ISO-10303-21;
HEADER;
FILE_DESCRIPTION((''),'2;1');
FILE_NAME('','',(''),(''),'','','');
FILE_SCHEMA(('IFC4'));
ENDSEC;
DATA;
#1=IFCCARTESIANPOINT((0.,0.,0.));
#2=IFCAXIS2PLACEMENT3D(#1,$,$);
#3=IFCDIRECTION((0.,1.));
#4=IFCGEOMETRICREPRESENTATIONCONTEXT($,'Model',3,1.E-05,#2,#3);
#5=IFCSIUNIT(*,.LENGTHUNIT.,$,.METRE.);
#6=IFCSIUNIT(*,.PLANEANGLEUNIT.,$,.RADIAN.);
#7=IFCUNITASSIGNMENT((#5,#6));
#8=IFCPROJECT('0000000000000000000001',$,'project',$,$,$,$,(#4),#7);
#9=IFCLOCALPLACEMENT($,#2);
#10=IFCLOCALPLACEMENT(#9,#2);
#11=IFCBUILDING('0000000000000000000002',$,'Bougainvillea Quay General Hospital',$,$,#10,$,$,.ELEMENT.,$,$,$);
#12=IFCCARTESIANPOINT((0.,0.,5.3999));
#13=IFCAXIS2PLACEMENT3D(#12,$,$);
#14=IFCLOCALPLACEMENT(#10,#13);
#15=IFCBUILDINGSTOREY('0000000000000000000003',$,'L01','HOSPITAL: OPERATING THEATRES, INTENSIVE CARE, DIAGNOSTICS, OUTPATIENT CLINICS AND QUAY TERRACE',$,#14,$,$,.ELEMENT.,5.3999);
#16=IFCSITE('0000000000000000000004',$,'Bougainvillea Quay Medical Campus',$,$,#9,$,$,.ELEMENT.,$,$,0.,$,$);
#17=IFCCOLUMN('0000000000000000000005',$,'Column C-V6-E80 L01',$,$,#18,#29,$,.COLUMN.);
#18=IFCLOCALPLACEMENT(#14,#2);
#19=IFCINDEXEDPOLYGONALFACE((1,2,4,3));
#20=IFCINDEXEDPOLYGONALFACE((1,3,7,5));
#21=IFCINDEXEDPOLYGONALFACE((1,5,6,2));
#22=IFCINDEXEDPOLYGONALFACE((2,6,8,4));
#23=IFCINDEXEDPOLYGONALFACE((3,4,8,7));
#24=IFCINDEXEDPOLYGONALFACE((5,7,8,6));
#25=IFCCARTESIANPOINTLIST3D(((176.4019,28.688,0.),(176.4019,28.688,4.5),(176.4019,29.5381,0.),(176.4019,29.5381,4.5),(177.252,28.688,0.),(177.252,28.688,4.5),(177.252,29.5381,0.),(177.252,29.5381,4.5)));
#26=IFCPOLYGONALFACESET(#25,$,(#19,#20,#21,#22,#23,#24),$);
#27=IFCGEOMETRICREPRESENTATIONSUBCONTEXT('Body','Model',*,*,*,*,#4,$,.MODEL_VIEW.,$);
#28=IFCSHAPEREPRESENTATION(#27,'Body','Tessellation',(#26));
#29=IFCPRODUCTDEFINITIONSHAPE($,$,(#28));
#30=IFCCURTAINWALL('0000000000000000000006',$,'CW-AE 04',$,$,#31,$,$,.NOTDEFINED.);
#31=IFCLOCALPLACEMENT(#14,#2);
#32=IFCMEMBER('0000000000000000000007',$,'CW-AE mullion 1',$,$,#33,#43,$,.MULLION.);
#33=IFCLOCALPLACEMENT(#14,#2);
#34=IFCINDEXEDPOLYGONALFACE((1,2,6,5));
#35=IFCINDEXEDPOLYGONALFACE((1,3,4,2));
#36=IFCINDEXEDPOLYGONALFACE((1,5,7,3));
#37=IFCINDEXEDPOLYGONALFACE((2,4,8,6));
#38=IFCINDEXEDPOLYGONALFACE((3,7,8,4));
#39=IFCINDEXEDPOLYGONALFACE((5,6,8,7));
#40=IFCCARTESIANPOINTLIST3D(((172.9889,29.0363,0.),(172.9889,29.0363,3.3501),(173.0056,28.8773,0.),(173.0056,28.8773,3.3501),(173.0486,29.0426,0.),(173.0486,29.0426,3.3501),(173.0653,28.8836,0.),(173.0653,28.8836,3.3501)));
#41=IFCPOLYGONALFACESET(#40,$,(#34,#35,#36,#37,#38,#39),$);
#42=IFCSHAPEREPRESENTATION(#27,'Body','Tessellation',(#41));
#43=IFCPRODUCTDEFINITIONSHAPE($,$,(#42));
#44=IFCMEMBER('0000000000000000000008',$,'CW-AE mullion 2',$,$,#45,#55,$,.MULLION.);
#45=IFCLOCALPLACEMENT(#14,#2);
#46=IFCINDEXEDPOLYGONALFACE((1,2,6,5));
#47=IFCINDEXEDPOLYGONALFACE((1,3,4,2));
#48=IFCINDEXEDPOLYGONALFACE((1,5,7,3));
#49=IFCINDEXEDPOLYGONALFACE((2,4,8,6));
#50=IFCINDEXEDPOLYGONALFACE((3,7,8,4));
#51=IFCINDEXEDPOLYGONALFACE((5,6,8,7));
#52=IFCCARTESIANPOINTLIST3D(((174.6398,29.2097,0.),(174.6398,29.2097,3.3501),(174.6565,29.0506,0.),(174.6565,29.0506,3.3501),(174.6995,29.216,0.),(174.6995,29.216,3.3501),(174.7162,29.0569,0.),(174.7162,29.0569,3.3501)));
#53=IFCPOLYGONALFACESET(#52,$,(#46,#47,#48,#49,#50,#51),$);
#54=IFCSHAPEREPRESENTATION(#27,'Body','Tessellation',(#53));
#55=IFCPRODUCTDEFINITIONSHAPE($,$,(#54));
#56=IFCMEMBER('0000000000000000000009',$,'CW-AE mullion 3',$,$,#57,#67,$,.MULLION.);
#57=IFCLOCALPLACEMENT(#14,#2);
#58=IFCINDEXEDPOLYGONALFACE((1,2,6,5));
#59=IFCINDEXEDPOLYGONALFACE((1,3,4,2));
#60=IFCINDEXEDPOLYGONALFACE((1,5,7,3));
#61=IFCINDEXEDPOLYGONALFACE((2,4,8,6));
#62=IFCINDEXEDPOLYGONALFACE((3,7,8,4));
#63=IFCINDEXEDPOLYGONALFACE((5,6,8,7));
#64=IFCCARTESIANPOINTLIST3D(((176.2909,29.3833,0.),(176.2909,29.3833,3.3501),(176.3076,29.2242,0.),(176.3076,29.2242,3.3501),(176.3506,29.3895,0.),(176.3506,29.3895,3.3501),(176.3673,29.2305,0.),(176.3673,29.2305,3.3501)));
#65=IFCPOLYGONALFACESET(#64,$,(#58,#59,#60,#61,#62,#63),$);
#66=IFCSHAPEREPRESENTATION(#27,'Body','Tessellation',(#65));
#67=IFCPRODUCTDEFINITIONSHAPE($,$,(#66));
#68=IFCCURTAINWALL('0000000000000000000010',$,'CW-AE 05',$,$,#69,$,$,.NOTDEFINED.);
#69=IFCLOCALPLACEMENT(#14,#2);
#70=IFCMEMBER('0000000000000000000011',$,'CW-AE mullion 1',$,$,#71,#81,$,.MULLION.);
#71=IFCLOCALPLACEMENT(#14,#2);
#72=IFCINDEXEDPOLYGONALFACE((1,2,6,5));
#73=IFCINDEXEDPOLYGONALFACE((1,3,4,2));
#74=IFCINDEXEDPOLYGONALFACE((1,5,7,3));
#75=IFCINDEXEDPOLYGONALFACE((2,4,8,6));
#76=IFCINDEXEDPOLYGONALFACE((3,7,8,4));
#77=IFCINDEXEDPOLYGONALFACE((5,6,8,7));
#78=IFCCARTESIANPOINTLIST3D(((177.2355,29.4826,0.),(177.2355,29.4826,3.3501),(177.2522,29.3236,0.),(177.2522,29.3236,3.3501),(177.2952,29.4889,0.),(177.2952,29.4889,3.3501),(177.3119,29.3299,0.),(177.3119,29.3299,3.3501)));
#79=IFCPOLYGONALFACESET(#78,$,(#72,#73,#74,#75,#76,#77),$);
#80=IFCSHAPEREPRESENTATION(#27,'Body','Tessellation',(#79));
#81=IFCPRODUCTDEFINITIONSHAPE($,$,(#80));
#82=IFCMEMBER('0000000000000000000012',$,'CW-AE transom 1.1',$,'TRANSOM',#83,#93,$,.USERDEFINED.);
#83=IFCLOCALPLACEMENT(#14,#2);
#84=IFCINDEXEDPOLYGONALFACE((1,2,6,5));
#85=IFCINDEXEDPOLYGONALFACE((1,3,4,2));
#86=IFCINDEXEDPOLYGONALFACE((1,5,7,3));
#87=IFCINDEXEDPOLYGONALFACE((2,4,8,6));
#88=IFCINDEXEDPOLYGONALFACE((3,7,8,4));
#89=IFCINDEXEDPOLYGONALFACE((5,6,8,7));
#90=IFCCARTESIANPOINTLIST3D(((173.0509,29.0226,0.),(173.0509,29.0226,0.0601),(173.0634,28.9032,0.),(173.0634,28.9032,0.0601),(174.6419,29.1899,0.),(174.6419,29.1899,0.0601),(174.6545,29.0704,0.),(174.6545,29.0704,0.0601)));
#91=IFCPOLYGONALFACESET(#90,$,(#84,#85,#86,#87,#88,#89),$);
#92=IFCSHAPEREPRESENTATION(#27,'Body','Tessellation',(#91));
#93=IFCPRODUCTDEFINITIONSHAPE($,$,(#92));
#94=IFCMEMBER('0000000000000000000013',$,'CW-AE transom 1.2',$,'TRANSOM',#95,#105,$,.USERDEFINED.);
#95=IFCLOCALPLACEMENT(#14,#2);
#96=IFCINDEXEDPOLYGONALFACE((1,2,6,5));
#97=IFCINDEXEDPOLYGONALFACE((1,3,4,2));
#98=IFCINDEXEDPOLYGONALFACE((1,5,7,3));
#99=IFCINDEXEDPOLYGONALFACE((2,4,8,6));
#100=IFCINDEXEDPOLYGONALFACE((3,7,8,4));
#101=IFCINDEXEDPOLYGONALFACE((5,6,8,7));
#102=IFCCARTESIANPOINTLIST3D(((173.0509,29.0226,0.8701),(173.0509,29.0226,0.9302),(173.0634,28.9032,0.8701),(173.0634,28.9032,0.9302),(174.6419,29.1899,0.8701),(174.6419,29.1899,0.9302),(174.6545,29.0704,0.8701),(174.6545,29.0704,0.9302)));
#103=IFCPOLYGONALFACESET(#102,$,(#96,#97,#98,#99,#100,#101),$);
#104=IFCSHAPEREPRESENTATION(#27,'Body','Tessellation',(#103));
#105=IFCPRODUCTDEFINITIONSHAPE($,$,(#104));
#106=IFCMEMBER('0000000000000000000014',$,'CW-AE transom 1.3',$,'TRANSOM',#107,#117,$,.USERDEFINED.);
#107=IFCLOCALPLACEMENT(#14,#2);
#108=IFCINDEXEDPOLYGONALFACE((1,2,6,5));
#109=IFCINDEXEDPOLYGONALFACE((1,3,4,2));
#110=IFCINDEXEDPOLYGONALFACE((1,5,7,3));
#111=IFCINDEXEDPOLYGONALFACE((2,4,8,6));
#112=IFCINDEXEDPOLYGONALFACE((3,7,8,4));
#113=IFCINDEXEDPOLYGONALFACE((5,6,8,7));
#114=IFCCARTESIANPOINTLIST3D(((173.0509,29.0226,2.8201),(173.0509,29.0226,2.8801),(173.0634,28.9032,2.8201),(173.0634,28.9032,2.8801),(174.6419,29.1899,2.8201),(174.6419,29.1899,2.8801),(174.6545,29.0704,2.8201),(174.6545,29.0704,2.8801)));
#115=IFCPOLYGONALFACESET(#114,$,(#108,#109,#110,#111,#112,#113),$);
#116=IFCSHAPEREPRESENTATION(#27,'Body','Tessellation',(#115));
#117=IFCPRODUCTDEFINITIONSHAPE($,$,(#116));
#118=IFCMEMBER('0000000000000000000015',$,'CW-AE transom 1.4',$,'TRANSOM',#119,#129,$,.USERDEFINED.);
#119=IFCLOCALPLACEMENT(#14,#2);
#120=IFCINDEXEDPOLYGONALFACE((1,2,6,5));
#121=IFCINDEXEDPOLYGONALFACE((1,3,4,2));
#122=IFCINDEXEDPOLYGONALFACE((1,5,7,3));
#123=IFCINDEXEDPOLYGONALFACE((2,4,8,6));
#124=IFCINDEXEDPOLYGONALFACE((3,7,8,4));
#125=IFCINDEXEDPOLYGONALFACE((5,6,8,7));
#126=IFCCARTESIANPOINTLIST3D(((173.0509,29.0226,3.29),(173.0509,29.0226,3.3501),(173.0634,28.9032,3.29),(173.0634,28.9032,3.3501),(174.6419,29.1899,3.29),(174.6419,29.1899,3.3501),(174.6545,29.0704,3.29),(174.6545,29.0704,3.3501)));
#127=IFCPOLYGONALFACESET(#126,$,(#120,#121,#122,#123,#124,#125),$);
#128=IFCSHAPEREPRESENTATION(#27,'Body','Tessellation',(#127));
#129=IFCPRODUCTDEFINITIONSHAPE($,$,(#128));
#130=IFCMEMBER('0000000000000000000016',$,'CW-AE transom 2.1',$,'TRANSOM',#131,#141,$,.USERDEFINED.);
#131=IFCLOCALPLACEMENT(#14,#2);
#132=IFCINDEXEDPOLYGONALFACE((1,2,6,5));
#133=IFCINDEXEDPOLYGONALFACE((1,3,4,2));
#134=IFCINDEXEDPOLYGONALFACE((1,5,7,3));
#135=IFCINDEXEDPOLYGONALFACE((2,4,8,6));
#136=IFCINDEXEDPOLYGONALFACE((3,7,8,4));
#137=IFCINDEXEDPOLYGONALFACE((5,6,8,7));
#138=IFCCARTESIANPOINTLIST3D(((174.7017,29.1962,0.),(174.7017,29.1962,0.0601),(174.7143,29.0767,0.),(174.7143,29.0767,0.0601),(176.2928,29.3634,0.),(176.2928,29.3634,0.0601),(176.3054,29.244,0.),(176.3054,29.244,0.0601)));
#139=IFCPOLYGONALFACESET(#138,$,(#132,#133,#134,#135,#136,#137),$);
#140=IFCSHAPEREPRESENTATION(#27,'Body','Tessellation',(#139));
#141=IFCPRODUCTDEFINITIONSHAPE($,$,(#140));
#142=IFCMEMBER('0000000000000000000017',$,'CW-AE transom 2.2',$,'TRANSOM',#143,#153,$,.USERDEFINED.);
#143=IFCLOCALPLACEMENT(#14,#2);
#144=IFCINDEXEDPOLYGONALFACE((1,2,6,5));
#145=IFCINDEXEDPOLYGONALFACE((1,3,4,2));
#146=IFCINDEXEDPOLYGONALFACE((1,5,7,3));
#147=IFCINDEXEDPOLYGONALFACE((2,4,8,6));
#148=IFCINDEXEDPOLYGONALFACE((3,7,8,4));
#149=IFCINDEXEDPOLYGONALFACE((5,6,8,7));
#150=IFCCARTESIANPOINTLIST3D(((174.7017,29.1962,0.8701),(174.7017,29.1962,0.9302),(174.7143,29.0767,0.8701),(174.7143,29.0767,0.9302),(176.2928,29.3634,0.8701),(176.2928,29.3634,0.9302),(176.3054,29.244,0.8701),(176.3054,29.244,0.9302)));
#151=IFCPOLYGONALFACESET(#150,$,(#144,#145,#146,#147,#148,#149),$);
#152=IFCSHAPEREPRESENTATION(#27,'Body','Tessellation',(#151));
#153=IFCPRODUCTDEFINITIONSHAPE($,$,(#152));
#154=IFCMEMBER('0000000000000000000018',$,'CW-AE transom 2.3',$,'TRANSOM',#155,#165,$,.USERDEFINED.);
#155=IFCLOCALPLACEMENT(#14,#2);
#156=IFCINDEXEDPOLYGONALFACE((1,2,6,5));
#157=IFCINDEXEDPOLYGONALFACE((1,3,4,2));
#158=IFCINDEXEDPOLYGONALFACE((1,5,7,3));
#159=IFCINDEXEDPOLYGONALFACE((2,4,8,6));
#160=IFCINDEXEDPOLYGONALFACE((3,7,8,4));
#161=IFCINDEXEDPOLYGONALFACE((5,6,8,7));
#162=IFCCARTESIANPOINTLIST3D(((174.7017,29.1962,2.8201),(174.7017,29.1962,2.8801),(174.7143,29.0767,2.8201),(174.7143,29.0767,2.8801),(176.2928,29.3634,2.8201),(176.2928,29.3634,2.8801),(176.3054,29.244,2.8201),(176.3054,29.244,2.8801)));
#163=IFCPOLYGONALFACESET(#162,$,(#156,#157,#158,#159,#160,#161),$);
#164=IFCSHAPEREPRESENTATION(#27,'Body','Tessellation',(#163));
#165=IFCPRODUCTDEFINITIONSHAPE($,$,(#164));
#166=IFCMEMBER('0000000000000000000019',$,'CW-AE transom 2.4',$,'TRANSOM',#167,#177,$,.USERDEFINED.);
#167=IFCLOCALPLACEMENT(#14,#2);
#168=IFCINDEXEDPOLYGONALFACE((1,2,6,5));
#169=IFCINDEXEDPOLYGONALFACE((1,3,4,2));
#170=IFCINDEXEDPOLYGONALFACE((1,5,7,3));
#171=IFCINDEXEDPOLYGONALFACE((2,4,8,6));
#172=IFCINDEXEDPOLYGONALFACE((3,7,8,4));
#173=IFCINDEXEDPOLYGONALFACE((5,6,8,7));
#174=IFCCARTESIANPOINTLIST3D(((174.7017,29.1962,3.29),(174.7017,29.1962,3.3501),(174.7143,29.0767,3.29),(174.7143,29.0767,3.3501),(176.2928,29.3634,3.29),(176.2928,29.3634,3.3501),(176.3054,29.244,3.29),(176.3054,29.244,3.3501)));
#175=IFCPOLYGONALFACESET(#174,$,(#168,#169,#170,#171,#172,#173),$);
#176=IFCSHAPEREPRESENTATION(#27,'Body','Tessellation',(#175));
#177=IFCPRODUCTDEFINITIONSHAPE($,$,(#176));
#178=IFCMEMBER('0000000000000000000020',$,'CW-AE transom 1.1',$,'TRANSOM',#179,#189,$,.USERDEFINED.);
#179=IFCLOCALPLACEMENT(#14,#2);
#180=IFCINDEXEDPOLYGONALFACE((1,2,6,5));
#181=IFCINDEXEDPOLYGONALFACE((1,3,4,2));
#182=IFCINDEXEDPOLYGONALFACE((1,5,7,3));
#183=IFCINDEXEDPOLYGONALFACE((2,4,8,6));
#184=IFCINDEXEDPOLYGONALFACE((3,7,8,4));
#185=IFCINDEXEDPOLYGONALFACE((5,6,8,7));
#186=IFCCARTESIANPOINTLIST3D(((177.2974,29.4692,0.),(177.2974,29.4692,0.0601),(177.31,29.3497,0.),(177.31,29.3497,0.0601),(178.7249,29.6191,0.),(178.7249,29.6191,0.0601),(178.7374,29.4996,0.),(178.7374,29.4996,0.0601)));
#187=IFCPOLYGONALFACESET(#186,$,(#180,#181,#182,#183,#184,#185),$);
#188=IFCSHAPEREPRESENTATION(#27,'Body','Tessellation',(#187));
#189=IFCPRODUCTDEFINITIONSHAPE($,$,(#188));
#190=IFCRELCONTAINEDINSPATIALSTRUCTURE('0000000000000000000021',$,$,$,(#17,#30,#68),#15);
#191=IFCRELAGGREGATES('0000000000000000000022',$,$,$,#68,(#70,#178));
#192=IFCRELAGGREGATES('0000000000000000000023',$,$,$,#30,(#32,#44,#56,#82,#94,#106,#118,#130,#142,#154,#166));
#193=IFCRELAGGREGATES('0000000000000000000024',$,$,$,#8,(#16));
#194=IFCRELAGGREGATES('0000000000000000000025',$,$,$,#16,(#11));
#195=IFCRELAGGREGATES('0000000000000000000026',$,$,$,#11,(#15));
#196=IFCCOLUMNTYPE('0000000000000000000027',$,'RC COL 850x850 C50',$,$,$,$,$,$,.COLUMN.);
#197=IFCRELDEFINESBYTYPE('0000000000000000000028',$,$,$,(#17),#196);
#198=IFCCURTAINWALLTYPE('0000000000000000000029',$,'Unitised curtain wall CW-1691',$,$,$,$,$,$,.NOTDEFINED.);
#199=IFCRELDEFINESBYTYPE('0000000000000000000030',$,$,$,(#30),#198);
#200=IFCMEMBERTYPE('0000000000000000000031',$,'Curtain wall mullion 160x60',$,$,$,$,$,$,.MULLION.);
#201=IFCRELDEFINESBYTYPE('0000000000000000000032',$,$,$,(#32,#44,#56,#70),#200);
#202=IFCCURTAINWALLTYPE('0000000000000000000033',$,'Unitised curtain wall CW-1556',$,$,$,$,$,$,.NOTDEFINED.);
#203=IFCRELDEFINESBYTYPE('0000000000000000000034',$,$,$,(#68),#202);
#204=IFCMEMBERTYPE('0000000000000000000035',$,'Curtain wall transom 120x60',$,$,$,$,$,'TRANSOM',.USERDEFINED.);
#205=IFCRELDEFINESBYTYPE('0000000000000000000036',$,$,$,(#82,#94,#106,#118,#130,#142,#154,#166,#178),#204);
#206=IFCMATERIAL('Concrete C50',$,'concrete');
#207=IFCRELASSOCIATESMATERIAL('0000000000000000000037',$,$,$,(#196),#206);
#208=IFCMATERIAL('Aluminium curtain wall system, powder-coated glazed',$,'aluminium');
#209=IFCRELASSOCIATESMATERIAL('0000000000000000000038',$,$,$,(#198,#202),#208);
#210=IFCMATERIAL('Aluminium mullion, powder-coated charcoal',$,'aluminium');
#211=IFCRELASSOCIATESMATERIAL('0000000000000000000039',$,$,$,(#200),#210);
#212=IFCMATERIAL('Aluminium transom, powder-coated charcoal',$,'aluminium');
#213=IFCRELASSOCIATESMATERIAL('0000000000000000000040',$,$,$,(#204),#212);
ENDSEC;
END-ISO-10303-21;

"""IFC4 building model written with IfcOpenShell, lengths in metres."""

from ifc_helpers import new_model, si_unit, direction, frame, origin, origin_2d, place, context, subcontext, project, spatial, rectangle, extrude, material, material_profile, profile_set, type_object, element, aggregate, save


model = new_model("IFC4")

# Units and contexts
model_context = context("Model", 3, precision=1e-05, world=origin(), true_north=direction((0.0, 1.0)))
body_context = subcontext(model_context, "Body", "Model", "MODEL_VIEW")
ifc_project = project(units=[si_unit("LENGTHUNIT", "METRE"), si_unit("PLANEANGLEUNIT", "RADIAN")], contexts=[model_context])

# Site, building, storey
site_placement = place(None, origin())
site = spatial("IfcSite", under=ifc_project, at=site_placement, Name="Bougainvillea Quay Medical Campus", CompositionType="ELEMENT", RefElevation=0.0)
building_placement = place(site_placement, origin())
building = spatial("IfcBuilding", under=site, at=building_placement, Name="Bougainvillea Quay General Hospital", CompositionType="ELEMENT")
storey_placement = place(building_placement, frame((0.0, 0.0, 5.3999)))
storey = spatial("IfcBuildingStorey", under=building, at=storey_placement, Name="L01", Description="HOSPITAL: OPERATING THEATRES, INTENSIVE CARE, DIAGNOSTICS, OUTPATIENT CLINICS AND QUAY TERRACE", CompositionType="ELEMENT", Elevation=5.3999)

# Column
ifc_material_1 = material(Name="Concrete C50", Category="concrete")
ifc_material_profile_1 = material_profile(ifc_material_1, rectangle(XDim=0.8501, YDim=0.8501, at=origin_2d()))
ifc_profile_set_1 = profile_set([ifc_material_profile_1], Name="Concrete C50")
column_type = type_object("IfcColumnType", Name="RC COL 850x850 C50", PredefinedType="COLUMN", material=ifc_profile_set_1)
column_placement = place(storey_placement, frame((176.8269, 29.113, 0.0), z_axis=(0.0, 0.0, 1.0), x_axis=(1.0, 0.0, 0.0)))
element("IfcColumn", 1, at=column_placement, inside=storey, type_object=column_type, Name="Column C-V6-E80 L01", PredefinedType="COLUMN", context=body_context, shape_type="SweptSolid", body=[
    extrude(rectangle(XDim=0.8501, YDim=0.8501, at=origin_2d()), origin(), (0.0, 0.0, 1.0), 4.5),
])

# Curtain wall, members
ifc_material_2 = material(Name="Aluminium curtain wall system, powder-coated glazed", Category="aluminium")
curtain_wall_type_1 = type_object("IfcCurtainWallType", Name="Unitised curtain wall CW-1691", PredefinedType="NOTDEFINED", material=ifc_material_2)
curtain_wall_1_placement = place(storey_placement, origin())
curtain_wall_1 = element("IfcCurtainWall", 2, at=curtain_wall_1_placement, inside=storey, type_object=curtain_wall_type_1, Name="CW-AE 04", PredefinedType="NOTDEFINED")
ifc_material_3 = material(Name="Aluminium mullion, powder-coated charcoal", Category="aluminium")
ifc_material_profile_2 = material_profile(ifc_material_3, rectangle(XDim=0.1599, YDim=0.0601, at=origin_2d()))
ifc_profile_set_2 = profile_set([ifc_material_profile_2], Name="Aluminium mullion, powder-coated charcoal")
member_type_1 = type_object("IfcMemberType", Name="Curtain wall mullion 160x60", PredefinedType="MULLION", material=ifc_profile_set_2)
member_1_placement = place(storey_placement, frame((173.0271, 28.96, 0.0), z_axis=(0.0, 0.0, 1.0), x_axis=(-0.104527, 0.994522, 0.0)))
member_1 = element("IfcMember", 3, at=member_1_placement, type_object=member_type_1, Name="CW-AE mullion 1", PredefinedType="MULLION", context=body_context, shape_type="SweptSolid", body=[
    extrude(rectangle(XDim=0.1599, YDim=0.0601, at=origin_2d()), origin(), (0.0, 0.0, 1.0), 3.3501),
])
member_2_placement = place(storey_placement, frame((174.678, 29.1333, 0.0), z_axis=(0.0, 0.0, 1.0), x_axis=(-0.104527, 0.994522, 0.0)))
member_2 = element("IfcMember", 4, at=member_2_placement, type_object=member_type_1, Name="CW-AE mullion 2", PredefinedType="MULLION", context=body_context, shape_type="SweptSolid", body=[
    extrude(rectangle(XDim=0.1599, YDim=0.0601, at=origin_2d()), origin(), (0.0, 0.0, 1.0), 3.3501),
])
member_3_placement = place(storey_placement, frame((176.3291, 29.3069, 0.0), z_axis=(0.0, 0.0, 1.0), x_axis=(-0.104527, 0.994522, 0.0)))
member_3 = element("IfcMember", 5, at=member_3_placement, type_object=member_type_1, Name="CW-AE mullion 3", PredefinedType="MULLION", context=body_context, shape_type="SweptSolid", body=[
    extrude(rectangle(XDim=0.1599, YDim=0.0601, at=origin_2d()), origin(), (0.0, 0.0, 1.0), 3.3501),
])

# Curtain wall, member
curtain_wall_type_2 = type_object("IfcCurtainWallType", Name="Unitised curtain wall CW-1556", PredefinedType="NOTDEFINED", material=ifc_material_2)
curtain_wall_2_placement = place(storey_placement, origin())
curtain_wall_2 = element("IfcCurtainWall", 6, at=curtain_wall_2_placement, inside=storey, type_object=curtain_wall_type_2, Name="CW-AE 05", PredefinedType="NOTDEFINED")
member_4_placement = place(storey_placement, frame((177.2737, 29.4062, 0.0), z_axis=(0.0, 0.0, 1.0), x_axis=(-0.104527, 0.994522, 0.0)))
member_4 = element("IfcMember", 7, at=member_4_placement, type_object=member_type_1, Name="CW-AE mullion 1", PredefinedType="MULLION", context=body_context, shape_type="SweptSolid", body=[
    extrude(rectangle(XDim=0.1599, YDim=0.0601, at=origin_2d()), origin(), (0.0, 0.0, 1.0), 3.3501),
])

# Members
ifc_material_4 = material(Name="Aluminium transom, powder-coated charcoal", Category="aluminium")
ifc_material_profile_3 = material_profile(ifc_material_4, rectangle(XDim=0.1201, YDim=0.0601, at=origin_2d()))
ifc_profile_set_3 = profile_set([ifc_material_profile_3], Name="Aluminium transom, powder-coated charcoal")
member_type_2 = type_object("IfcMemberType", Name="Curtain wall transom 120x60", ElementType="TRANSOM", PredefinedType="USERDEFINED", material=ifc_profile_set_3)
member_5_placement = place(storey_placement, frame((173.0571, 28.9629, 0.03), z_axis=(0.994521, 0.104534, 0.0), x_axis=(-0.104534, 0.994521, 0.0)))
member_5 = element("IfcMember", 8, at=member_5_placement, type_object=member_type_2, Name="CW-AE transom 1.1", ObjectType="TRANSOM", PredefinedType="USERDEFINED", context=body_context, shape_type="SweptSolid", body=[
    extrude(rectangle(XDim=0.1201, YDim=0.0601, at=origin_2d()), origin(), (0.0, 0.0, 1.0), 1.5999),
])
member_6_placement = place(storey_placement, frame((173.0571, 28.9629, 0.9001), z_axis=(0.994521, 0.104534, 0.0), x_axis=(-0.104534, 0.994521, 0.0)))
member_6 = element("IfcMember", 9, at=member_6_placement, type_object=member_type_2, Name="CW-AE transom 1.2", ObjectType="TRANSOM", PredefinedType="USERDEFINED", context=body_context, shape_type="SweptSolid", body=[
    extrude(rectangle(XDim=0.1201, YDim=0.0601, at=origin_2d()), origin(), (0.0, 0.0, 1.0), 1.5999),
])
member_7_placement = place(storey_placement, frame((173.0571, 28.9629, 2.8501), z_axis=(0.994521, 0.104534, 0.0), x_axis=(-0.104534, 0.994521, 0.0)))
member_7 = element("IfcMember", 10, at=member_7_placement, type_object=member_type_2, Name="CW-AE transom 1.3", ObjectType="TRANSOM", PredefinedType="USERDEFINED", context=body_context, shape_type="SweptSolid", body=[
    extrude(rectangle(XDim=0.1201, YDim=0.0601, at=origin_2d()), origin(), (0.0, 0.0, 1.0), 1.5999),
])
member_8_placement = place(storey_placement, frame((173.0571, 28.9629, 3.3201), z_axis=(0.994521, 0.104534, 0.0), x_axis=(-0.104534, 0.994521, 0.0)))
member_8 = element("IfcMember", 11, at=member_8_placement, type_object=member_type_2, Name="CW-AE transom 1.4", ObjectType="TRANSOM", PredefinedType="USERDEFINED", context=body_context, shape_type="SweptSolid", body=[
    extrude(rectangle(XDim=0.1201, YDim=0.0601, at=origin_2d()), origin(), (0.0, 0.0, 1.0), 1.5999),
])
member_9_placement = place(storey_placement, frame((174.708, 29.1365, 0.03), z_axis=(0.994521, 0.104534, 0.0), x_axis=(-0.104534, 0.994521, 0.0)))
member_9 = element("IfcMember", 12, at=member_9_placement, type_object=member_type_2, Name="CW-AE transom 2.1", ObjectType="TRANSOM", PredefinedType="USERDEFINED", context=body_context, shape_type="SweptSolid", body=[
    extrude(rectangle(XDim=0.1201, YDim=0.0601, at=origin_2d()), origin(), (0.0, 0.0, 1.0), 1.5999),
])
member_10_placement = place(storey_placement, frame((174.708, 29.1365, 0.9001), z_axis=(0.994521, 0.104534, 0.0), x_axis=(-0.104534, 0.994521, 0.0)))
member_10 = element("IfcMember", 13, at=member_10_placement, type_object=member_type_2, Name="CW-AE transom 2.2", ObjectType="TRANSOM", PredefinedType="USERDEFINED", context=body_context, shape_type="SweptSolid", body=[
    extrude(rectangle(XDim=0.1201, YDim=0.0601, at=origin_2d()), origin(), (0.0, 0.0, 1.0), 1.5999),
])
member_11_placement = place(storey_placement, frame((174.708, 29.1365, 2.8501), z_axis=(0.994521, 0.104534, 0.0), x_axis=(-0.104534, 0.994521, 0.0)))
member_11 = element("IfcMember", 14, at=member_11_placement, type_object=member_type_2, Name="CW-AE transom 2.3", ObjectType="TRANSOM", PredefinedType="USERDEFINED", context=body_context, shape_type="SweptSolid", body=[
    extrude(rectangle(XDim=0.1201, YDim=0.0601, at=origin_2d()), origin(), (0.0, 0.0, 1.0), 1.5999),
])
member_12_placement = place(storey_placement, frame((174.708, 29.1365, 3.3201), z_axis=(0.994521, 0.104534, 0.0), x_axis=(-0.104534, 0.994521, 0.0)))
member_12 = element("IfcMember", 15, at=member_12_placement, type_object=member_type_2, Name="CW-AE transom 2.4", ObjectType="TRANSOM", PredefinedType="USERDEFINED", context=body_context, shape_type="SweptSolid", body=[
    extrude(rectangle(XDim=0.1201, YDim=0.0601, at=origin_2d()), origin(), (0.0, 0.0, 1.0), 1.5999),
])
member_13_placement = place(storey_placement, frame((177.3037, 29.4094, 0.03), z_axis=(0.994532, 0.104437, 0.0), x_axis=(-0.104437, 0.994532, 0.0)))
member_13 = element("IfcMember", 16, at=member_13_placement, type_object=member_type_2, Name="CW-AE transom 1.1", ObjectType="TRANSOM", PredefinedType="USERDEFINED", context=body_context, shape_type="SweptSolid", body=[
    extrude(rectangle(XDim=0.1201, YDim=0.0601, at=origin_2d()), origin(), (0.0, 0.0, 1.0), 1.4353),
])
aggregate(curtain_wall_2, [member_4, member_13])

aggregate(curtain_wall_1, [member_1, member_2, member_3, member_5, member_6, member_7, member_8, member_9, member_10, member_11, member_12])

save(model, "model.ifc")
